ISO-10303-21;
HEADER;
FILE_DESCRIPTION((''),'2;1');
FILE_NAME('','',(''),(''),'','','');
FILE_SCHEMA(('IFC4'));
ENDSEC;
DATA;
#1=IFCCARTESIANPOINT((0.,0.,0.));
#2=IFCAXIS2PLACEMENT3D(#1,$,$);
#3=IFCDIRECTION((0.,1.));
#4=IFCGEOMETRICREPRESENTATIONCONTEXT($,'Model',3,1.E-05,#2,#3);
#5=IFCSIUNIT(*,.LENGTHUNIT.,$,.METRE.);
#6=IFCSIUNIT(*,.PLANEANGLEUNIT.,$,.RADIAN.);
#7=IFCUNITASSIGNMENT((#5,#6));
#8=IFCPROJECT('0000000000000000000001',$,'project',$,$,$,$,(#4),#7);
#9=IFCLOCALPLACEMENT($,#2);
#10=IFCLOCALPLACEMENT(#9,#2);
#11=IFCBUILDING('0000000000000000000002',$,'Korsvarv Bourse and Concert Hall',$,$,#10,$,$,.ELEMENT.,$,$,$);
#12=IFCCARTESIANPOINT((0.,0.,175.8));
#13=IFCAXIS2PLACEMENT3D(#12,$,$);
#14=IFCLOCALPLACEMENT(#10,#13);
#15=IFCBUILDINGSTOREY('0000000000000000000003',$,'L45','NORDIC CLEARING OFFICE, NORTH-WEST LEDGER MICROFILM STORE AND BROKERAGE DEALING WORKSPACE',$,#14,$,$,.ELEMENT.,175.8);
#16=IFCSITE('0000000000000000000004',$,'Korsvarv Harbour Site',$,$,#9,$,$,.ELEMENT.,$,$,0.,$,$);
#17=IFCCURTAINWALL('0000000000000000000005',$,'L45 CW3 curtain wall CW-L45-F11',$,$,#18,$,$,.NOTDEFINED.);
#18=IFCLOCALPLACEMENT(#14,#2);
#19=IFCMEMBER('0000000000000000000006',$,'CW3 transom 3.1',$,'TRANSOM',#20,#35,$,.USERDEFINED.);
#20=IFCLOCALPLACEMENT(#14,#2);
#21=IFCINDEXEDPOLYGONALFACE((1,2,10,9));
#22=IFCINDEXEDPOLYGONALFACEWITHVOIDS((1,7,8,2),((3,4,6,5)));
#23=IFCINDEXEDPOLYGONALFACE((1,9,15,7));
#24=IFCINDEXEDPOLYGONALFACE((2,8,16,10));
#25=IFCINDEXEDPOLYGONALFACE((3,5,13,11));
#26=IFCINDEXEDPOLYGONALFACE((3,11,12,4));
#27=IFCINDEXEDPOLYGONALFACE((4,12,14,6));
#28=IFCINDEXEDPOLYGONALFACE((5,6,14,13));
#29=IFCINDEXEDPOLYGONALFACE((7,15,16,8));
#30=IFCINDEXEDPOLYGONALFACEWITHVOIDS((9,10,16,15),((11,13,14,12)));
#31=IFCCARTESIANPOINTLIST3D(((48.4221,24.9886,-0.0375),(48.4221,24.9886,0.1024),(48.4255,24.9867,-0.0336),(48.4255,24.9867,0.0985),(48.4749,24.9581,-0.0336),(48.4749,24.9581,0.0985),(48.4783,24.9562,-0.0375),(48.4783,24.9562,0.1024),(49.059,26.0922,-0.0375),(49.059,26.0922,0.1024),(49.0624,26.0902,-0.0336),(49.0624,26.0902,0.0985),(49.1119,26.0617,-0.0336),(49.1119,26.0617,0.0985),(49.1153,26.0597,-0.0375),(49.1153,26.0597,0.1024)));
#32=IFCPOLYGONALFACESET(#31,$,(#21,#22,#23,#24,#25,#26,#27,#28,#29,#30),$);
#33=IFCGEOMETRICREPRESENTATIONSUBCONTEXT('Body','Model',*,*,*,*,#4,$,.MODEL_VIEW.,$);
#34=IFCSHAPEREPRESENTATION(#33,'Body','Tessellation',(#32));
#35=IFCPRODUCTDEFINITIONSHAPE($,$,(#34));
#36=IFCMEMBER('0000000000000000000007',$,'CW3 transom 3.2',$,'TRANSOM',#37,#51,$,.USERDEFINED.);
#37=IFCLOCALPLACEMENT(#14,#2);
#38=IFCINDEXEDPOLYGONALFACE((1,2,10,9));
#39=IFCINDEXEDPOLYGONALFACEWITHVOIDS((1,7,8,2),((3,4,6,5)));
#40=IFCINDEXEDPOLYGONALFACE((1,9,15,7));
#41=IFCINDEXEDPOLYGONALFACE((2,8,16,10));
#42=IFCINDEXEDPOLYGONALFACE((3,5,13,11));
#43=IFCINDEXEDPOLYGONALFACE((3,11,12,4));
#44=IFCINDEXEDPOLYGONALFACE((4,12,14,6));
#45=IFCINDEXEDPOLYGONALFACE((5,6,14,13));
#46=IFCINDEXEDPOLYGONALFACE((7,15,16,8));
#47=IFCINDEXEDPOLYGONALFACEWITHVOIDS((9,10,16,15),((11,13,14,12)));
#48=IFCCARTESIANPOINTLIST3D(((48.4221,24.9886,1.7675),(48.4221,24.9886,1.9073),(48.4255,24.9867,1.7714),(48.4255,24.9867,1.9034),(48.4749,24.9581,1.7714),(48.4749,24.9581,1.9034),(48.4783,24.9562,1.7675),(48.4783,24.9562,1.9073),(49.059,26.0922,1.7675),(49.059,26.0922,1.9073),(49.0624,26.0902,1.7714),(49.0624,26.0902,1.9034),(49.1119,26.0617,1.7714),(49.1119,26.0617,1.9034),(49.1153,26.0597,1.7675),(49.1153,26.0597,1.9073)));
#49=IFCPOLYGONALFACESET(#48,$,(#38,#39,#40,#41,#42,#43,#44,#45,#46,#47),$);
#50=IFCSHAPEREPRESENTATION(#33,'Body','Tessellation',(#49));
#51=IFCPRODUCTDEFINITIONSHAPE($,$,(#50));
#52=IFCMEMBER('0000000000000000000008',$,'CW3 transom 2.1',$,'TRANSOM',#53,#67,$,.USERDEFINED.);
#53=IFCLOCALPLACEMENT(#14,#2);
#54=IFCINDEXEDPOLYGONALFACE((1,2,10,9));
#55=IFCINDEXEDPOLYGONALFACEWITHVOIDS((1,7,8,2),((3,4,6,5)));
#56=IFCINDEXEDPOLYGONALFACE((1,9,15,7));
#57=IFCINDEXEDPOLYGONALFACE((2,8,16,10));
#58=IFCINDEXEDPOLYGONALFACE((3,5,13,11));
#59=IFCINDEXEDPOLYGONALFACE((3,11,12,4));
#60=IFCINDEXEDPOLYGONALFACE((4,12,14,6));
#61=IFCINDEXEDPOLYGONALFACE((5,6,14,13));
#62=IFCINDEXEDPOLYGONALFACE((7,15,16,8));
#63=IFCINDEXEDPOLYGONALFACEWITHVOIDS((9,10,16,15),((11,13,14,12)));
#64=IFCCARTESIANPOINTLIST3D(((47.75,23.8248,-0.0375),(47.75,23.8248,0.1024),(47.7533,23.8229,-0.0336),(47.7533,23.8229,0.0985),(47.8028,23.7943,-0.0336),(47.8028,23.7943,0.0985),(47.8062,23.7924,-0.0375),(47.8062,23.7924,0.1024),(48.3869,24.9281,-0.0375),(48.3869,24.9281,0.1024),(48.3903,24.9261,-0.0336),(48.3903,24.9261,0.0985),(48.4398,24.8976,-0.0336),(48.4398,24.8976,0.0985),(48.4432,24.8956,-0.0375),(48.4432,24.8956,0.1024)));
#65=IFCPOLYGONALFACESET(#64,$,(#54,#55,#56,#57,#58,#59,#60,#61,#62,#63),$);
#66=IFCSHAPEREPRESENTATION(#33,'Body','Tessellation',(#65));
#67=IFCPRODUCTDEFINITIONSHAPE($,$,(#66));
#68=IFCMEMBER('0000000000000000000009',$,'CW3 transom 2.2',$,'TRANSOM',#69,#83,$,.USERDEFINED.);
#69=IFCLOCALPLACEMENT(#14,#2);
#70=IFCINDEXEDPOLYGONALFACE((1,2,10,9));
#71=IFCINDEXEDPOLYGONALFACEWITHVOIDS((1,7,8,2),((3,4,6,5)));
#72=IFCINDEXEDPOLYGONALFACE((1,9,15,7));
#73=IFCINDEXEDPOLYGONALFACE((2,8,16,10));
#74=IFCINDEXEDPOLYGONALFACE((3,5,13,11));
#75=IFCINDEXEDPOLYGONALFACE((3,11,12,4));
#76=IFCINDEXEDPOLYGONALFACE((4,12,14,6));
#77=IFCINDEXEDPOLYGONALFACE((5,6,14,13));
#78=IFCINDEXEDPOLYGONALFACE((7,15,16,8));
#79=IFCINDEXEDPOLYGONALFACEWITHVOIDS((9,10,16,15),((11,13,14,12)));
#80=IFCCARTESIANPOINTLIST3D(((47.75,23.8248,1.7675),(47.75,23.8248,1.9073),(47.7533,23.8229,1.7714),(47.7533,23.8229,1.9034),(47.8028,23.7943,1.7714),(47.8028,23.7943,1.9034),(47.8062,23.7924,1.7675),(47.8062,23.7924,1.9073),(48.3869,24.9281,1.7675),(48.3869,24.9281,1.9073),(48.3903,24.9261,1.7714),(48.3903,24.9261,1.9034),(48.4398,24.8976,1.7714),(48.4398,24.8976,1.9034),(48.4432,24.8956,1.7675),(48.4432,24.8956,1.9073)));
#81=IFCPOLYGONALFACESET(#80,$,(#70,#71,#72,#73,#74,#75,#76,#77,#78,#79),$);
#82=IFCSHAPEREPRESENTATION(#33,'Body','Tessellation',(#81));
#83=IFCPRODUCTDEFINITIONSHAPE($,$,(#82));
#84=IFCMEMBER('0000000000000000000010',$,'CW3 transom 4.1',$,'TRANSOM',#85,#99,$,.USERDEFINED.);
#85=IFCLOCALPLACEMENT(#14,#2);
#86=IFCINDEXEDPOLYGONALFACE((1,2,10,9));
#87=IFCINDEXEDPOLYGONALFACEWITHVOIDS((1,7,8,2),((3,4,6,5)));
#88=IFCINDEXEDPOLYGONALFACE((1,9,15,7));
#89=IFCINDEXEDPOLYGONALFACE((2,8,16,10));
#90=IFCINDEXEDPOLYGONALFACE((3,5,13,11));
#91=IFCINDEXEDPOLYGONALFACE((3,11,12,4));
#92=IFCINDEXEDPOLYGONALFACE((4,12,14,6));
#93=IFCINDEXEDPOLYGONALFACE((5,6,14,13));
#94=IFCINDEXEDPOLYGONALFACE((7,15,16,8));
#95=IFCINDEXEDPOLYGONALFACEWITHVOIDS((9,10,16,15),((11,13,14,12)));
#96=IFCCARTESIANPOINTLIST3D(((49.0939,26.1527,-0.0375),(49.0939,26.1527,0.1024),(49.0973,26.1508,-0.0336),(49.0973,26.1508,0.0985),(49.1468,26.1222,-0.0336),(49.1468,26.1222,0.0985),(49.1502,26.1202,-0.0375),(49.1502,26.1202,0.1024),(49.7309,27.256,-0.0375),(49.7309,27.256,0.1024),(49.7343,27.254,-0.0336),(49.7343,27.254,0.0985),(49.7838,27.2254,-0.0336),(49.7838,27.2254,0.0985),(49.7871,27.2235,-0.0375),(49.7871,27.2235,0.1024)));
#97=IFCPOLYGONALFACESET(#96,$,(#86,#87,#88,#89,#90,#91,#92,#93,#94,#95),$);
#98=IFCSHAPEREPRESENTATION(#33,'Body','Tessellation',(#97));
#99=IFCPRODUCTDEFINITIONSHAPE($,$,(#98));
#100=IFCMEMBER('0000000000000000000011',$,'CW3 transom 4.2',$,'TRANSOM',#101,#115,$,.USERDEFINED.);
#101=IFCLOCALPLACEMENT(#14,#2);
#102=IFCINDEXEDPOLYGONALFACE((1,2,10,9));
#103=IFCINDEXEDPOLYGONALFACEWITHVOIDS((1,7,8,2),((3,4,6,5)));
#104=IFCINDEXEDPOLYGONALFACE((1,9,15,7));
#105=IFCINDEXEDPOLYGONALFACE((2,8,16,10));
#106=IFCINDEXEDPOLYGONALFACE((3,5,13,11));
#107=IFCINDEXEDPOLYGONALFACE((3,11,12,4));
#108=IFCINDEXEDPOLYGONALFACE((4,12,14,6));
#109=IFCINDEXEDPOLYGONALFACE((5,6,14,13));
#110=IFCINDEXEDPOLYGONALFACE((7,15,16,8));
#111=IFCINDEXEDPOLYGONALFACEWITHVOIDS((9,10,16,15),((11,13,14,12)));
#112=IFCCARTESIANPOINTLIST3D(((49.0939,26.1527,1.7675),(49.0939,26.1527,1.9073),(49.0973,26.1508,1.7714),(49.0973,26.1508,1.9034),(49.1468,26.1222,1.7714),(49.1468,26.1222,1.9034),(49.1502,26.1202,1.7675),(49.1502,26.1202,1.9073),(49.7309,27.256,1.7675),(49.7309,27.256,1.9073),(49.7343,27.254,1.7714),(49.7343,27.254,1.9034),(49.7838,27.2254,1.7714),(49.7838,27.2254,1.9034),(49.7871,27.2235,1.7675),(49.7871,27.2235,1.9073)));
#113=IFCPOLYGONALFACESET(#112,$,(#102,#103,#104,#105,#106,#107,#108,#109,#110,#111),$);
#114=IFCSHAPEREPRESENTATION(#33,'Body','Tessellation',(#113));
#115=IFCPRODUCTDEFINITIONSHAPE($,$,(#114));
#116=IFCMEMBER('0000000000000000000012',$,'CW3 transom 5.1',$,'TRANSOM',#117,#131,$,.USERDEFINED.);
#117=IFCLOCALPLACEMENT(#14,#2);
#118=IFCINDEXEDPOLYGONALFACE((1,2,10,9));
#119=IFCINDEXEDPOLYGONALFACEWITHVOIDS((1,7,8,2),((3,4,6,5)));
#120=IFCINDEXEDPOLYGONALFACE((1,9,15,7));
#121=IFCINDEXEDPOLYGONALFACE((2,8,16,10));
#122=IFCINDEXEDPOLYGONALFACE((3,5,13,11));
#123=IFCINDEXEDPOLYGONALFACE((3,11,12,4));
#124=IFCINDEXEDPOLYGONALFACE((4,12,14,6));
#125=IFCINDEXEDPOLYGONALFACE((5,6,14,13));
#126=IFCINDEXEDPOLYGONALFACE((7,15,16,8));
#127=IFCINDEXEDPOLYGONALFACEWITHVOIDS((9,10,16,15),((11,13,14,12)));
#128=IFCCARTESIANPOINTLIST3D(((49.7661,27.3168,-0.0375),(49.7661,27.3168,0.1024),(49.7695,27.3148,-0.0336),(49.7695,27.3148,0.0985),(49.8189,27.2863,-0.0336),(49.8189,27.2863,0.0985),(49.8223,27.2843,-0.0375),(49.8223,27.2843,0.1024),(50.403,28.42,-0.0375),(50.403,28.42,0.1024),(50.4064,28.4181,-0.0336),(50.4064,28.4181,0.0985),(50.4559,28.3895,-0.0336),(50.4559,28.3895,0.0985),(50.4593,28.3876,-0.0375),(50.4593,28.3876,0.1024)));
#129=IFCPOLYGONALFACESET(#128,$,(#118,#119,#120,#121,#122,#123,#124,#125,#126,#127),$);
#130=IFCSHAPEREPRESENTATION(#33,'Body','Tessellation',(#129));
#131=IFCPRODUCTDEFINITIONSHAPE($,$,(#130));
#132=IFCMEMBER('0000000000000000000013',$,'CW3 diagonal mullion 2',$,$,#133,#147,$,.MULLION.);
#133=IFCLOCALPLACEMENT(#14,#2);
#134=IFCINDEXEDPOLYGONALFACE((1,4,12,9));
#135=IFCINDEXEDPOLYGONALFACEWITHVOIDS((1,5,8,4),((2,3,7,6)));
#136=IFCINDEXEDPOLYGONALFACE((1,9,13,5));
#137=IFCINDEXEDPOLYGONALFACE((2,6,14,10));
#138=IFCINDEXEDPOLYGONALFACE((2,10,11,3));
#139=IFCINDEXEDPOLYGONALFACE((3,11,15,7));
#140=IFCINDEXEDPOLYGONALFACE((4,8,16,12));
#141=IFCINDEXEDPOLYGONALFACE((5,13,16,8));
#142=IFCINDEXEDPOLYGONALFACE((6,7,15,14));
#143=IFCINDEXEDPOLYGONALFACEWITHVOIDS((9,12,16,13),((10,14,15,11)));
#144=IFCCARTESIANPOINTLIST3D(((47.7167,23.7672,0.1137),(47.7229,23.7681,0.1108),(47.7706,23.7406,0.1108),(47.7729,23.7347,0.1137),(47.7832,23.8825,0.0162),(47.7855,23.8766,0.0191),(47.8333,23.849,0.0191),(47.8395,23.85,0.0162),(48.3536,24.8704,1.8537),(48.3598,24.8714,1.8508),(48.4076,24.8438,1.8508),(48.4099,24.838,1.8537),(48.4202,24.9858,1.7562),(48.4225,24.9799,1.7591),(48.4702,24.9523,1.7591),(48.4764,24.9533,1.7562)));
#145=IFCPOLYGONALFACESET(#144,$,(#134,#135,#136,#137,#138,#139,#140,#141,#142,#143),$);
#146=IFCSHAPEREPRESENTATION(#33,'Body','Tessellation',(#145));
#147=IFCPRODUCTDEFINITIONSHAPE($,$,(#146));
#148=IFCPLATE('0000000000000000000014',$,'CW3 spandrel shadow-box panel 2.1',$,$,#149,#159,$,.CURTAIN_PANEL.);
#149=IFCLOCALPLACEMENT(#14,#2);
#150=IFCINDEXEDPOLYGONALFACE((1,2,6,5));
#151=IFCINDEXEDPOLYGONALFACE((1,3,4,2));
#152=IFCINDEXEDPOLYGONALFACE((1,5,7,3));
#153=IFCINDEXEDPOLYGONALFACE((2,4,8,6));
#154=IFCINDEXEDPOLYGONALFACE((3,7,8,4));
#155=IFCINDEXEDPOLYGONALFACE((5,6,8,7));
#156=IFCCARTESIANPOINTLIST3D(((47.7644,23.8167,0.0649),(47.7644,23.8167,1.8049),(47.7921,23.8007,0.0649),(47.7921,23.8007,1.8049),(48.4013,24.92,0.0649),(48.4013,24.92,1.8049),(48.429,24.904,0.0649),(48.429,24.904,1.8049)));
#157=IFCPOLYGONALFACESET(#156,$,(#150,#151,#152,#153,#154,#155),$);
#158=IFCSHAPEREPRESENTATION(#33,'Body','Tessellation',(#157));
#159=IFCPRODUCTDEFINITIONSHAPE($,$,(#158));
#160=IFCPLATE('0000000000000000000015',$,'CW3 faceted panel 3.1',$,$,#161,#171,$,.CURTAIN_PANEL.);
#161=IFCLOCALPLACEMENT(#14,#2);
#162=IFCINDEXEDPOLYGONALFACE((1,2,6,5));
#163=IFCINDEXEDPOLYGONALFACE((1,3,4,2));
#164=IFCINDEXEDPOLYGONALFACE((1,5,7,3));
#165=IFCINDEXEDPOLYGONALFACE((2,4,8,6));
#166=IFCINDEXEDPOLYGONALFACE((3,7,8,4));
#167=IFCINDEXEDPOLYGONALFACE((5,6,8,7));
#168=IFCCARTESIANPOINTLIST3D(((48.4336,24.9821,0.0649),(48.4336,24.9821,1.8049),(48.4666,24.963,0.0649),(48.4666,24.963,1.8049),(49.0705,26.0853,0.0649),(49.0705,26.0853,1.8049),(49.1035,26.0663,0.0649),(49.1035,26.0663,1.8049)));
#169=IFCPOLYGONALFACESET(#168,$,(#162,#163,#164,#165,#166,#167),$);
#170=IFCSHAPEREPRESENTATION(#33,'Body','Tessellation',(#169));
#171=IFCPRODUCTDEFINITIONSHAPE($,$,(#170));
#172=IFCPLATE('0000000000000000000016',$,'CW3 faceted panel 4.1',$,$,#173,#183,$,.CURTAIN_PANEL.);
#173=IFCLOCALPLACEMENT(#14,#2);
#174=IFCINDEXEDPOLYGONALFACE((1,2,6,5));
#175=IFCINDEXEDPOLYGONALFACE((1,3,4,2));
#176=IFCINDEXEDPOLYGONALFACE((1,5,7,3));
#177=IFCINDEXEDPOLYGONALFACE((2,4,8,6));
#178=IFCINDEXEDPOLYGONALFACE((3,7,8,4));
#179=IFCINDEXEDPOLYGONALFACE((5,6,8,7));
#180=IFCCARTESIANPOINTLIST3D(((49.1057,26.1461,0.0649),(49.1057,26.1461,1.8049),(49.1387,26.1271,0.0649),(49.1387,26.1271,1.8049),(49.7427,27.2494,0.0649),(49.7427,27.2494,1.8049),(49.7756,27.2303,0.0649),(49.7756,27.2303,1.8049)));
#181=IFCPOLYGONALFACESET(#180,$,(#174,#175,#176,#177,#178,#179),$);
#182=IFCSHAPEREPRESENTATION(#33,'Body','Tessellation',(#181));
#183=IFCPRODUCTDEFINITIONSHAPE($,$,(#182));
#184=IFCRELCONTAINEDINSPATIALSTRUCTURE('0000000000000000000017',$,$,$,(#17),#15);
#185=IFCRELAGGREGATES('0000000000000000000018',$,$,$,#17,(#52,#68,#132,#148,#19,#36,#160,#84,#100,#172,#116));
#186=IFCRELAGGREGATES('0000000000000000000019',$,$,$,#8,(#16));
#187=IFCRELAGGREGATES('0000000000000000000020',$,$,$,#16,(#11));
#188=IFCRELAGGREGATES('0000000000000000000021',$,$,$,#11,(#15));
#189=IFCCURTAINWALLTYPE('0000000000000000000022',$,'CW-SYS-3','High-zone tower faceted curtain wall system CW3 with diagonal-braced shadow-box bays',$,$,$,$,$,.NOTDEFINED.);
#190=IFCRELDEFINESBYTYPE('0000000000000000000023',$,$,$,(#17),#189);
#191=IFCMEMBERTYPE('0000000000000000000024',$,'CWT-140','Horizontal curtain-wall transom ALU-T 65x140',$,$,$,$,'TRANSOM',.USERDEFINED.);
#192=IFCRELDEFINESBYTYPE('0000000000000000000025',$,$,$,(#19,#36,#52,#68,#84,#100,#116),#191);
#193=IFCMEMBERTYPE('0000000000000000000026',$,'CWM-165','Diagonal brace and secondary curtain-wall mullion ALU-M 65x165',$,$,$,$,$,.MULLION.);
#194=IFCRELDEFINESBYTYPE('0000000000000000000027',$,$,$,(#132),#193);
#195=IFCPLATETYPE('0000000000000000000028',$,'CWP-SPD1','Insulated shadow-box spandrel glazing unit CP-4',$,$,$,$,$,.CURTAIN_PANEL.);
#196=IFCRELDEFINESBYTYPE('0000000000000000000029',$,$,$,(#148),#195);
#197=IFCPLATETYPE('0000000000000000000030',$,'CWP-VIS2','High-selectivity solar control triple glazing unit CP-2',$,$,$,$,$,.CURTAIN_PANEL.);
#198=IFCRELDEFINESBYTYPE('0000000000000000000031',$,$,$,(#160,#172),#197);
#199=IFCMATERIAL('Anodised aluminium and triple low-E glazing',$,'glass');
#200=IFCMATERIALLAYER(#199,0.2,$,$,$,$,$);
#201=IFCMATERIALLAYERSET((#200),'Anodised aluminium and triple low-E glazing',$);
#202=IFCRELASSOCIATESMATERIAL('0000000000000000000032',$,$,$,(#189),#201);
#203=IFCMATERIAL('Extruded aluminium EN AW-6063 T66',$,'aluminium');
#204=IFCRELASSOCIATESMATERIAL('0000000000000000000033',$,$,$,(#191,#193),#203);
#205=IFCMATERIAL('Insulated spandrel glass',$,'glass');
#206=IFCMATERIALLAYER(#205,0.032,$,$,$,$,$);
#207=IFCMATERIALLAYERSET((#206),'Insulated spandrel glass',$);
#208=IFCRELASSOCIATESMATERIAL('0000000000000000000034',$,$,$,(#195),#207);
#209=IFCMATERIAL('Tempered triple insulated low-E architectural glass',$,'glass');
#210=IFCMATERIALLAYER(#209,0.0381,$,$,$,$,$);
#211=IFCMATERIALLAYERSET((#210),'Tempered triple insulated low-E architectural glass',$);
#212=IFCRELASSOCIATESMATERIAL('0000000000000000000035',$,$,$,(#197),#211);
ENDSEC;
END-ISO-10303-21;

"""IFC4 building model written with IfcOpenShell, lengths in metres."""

from ifc_helpers import new_model, si_unit, direction, frame, origin, origin_2d, place, context, subcontext, project, spatial, rectangle, hollow_rectangle, extrude, source, transform, mapped, material, layer, layer_set, material_profile, profile_set, type_object, element, aggregate, save


model = new_model("IFC4")

# Units and contexts
model_context = context("Model", 3, precision=1e-05, world=origin(), true_north=direction((0.0, 1.0)))
body_context = subcontext(model_context, "Body", "Model", "MODEL_VIEW")
ifc_project = project(units=[si_unit("LENGTHUNIT", "METRE"), si_unit("PLANEANGLEUNIT", "RADIAN")], contexts=[model_context])

# Site, building, storey
site_placement = place(None, origin())
site = spatial("IfcSite", under=ifc_project, at=site_placement, Name="Korsvarv Harbour Site", CompositionType="ELEMENT", RefElevation=0.0)
building_placement = place(site_placement, origin())
building = spatial("IfcBuilding", under=site, at=building_placement, Name="Korsvarv Bourse and Concert Hall", CompositionType="ELEMENT")
storey_placement = place(building_placement, frame((0.0, 0.0, 175.8)))
storey = spatial("IfcBuildingStorey", under=building, at=storey_placement, Name="L45", Description="NORDIC CLEARING OFFICE, NORTH-WEST LEDGER MICROFILM STORE AND BROKERAGE DEALING WORKSPACE", CompositionType="ELEMENT", Elevation=175.8)

# Curtain wall, members, plates
ifc_material_1 = material(Name="Anodised aluminium and triple low-E glazing", Category="glass")
ifc_layer_1 = layer(ifc_material_1, 0.2)
ifc_layer_set_1 = layer_set([ifc_layer_1], Name="Anodised aluminium and triple low-E glazing")
curtain_wall_type = type_object("IfcCurtainWallType", Name="CW-SYS-3", Description="High-zone tower faceted curtain wall system CW3 with diagonal-braced shadow-box bays", PredefinedType="NOTDEFINED", material=ifc_layer_set_1)
curtain_wall_placement = place(storey_placement, origin())
curtain_wall = element("IfcCurtainWall", 1, at=curtain_wall_placement, inside=storey, type_object=curtain_wall_type, Name="L45 CW3 curtain wall CW-L45-F11", PredefinedType="NOTDEFINED")
ifc_material_2 = material(Name="Extruded aluminium EN AW-6063 T66", Category="aluminium")
ifc_material_profile_1 = material_profile(ifc_material_2, hollow_rectangle(XDim=0.0649, YDim=0.1399, WallThickness=0.0039, at=origin_2d()), Name="ALU-T 65x140")
ifc_profile_set_1 = profile_set([ifc_material_profile_1], Name="Extruded aluminium EN AW-6063 T66")
member_type_1 = type_object("IfcMemberType", Name="CWT-140", Description="Horizontal curtain-wall transom ALU-T 65x140", ElementType="TRANSOM", PredefinedType="USERDEFINED", material=ifc_profile_set_1)
shared_shape_1 = source(origin(), body_context, "Body", "SweptSolid", [
    extrude(hollow_rectangle(XDim=0.0649, YDim=0.1399, WallThickness=0.0039, at=origin_2d()), origin(), (0.0, 0.0, 1.0), 1.2742),
])
member_1_placement = place(storey_placement, frame((48.4502, 24.9724, 0.0325), z_axis=(0.49991, 0.866077, 0.0), x_axis=(-0.866077, 0.49991, 0.0)))
member_1 = element("IfcMember", 2, at=member_1_placement, type_object=member_type_1, Name="CW3 transom 3.1", ObjectType="TRANSOM", PredefinedType="USERDEFINED", context=body_context, shape_type="MappedRepresentation", body=[
    mapped(shared_shape_1, transform((0.0, 0.0, 0.0), scale=1.0)),
])
member_2_placement = place(storey_placement, frame((48.4502, 24.9724, 1.8374), z_axis=(0.49991, 0.866077, 0.0), x_axis=(-0.866077, 0.49991, 0.0)))
member_2 = element("IfcMember", 3, at=member_2_placement, type_object=member_type_1, Name="CW3 transom 3.2", ObjectType="TRANSOM", PredefinedType="USERDEFINED", context=body_context, shape_type="MappedRepresentation", body=[
    mapped(shared_shape_1, transform((0.0, 0.0, 0.0), scale=1.0)),
])
shared_shape_2 = source(origin(), body_context, "Body", "SweptSolid", [
    extrude(hollow_rectangle(XDim=0.0649, YDim=0.1399, WallThickness=0.0039, at=origin_2d()), origin(), (0.0, 0.0, 1.0), 1.2739),
])
member_3_placement = place(storey_placement, frame((47.7781, 23.8086, 0.0325), z_axis=(0.499993, 0.866029, 0.0), x_axis=(-0.866029, 0.499993, 0.0)))
member_3 = element("IfcMember", 4, at=member_3_placement, type_object=member_type_1, Name="CW3 transom 2.1", ObjectType="TRANSOM", PredefinedType="USERDEFINED", context=body_context, shape_type="MappedRepresentation", body=[
    mapped(shared_shape_2, transform((0.0, 0.0, 0.0), scale=1.0)),
])
member_4_placement = place(storey_placement, frame((47.7781, 23.8086, 1.8374), z_axis=(0.499993, 0.866029, 0.0), x_axis=(-0.866029, 0.499993, 0.0)))
member_4 = element("IfcMember", 5, at=member_4_placement, type_object=member_type_1, Name="CW3 transom 2.2", ObjectType="TRANSOM", PredefinedType="USERDEFINED", context=body_context, shape_type="MappedRepresentation", body=[
    mapped(shared_shape_2, transform((0.0, 0.0, 0.0), scale=1.0)),
])
member_5_placement = place(storey_placement, frame((49.1221, 26.1365, 0.0325), z_axis=(0.499993, 0.866029, 0.0), x_axis=(-0.866029, 0.499993, 0.0)))
member_5 = element("IfcMember", 6, at=member_5_placement, type_object=member_type_1, Name="CW3 transom 4.1", ObjectType="TRANSOM", PredefinedType="USERDEFINED", context=body_context, shape_type="MappedRepresentation", body=[
    mapped(shared_shape_2, transform((0.0, 0.0, 0.0), scale=1.0)),
])
member_6_placement = place(storey_placement, frame((49.1221, 26.1365, 1.8374), z_axis=(0.499993, 0.866029, 0.0), x_axis=(-0.866029, 0.499993, 0.0)))
member_6 = element("IfcMember", 7, at=member_6_placement, type_object=member_type_1, Name="CW3 transom 4.2", ObjectType="TRANSOM", PredefinedType="USERDEFINED", context=body_context, shape_type="MappedRepresentation", body=[
    mapped(shared_shape_2, transform((0.0, 0.0, 0.0), scale=1.0)),
])
member_7_placement = place(storey_placement, frame((49.7942, 27.3005, 0.0325), z_axis=(0.499993, 0.866029, 0.0), x_axis=(-0.866029, 0.499993, 0.0)))
member_7 = element("IfcMember", 8, at=member_7_placement, type_object=member_type_1, Name="CW3 transom 5.1", ObjectType="TRANSOM", PredefinedType="USERDEFINED", context=body_context, shape_type="MappedRepresentation", body=[
    mapped(shared_shape_2, transform((0.0, 0.0, 0.0), scale=1.0)),
])
ifc_material_profile_2 = material_profile(ifc_material_2, hollow_rectangle(XDim=0.0649, YDim=0.165, WallThickness=0.0049, at=origin_2d()), Name="ALU-M 65x165")
ifc_profile_set_2 = profile_set([ifc_material_profile_2], Name="Extruded aluminium EN AW-6063 T66")
member_type_2 = type_object("IfcMemberType", Name="CWM-165", Description="Diagonal brace and secondary curtain-wall mullion ALU-M 65x165", PredefinedType="MULLION", material=ifc_profile_set_2)
shared_shape_3 = source(origin(), body_context, "Body", "SweptSolid", [
    extrude(hollow_rectangle(XDim=0.0649, YDim=0.165, WallThickness=0.0049, at=origin_2d()), origin(), (0.0, 0.0, 1.0), 2.1565),
])
member_8_placement = place(storey_placement, frame((47.7781, 23.8086, 0.0649), z_axis=(0.295369, 0.511603, 0.806858), x_axis=(-0.866029, 0.499993, 0.0)))
member_8 = element("IfcMember", 9, at=member_8_placement, type_object=member_type_2, Name="CW3 diagonal mullion 2", PredefinedType="MULLION", context=body_context, shape_type="MappedRepresentation", body=[
    mapped(shared_shape_3, transform((0.0, 0.0, 0.0), scale=1.0)),
])
ifc_material_3 = material(Name="Insulated spandrel glass", Category="glass")
ifc_layer_2 = layer(ifc_material_3, 0.032)
ifc_layer_set_2 = layer_set([ifc_layer_2], Name="Insulated spandrel glass")
plate_type_1 = type_object("IfcPlateType", Name="CWP-SPD1", Description="Insulated shadow-box spandrel glazing unit CP-4", PredefinedType="CURTAIN_PANEL", material=ifc_layer_set_2)
shared_shape_4 = source(origin(), body_context, "Body", "SweptSolid", [
    extrude(rectangle(XDim=1.2739, YDim=0.032, at=origin_2d()), origin(), (0.0, 0.0, 1.0), 1.74),
])
plate_1_placement = place(storey_placement, frame((48.0967, 24.3604, 0.0649), z_axis=(0.0, 0.0, 1.0), x_axis=(0.499994, 0.866029, 0.0)))
plate_1 = element("IfcPlate", 10, at=plate_1_placement, type_object=plate_type_1, Name="CW3 spandrel shadow-box panel 2.1", PredefinedType="CURTAIN_PANEL", context=body_context, shape_type="MappedRepresentation", body=[
    mapped(shared_shape_4, transform((0.0, 0.0, 0.0), scale=1.0)),
])
ifc_material_4 = material(Name="Tempered triple insulated low-E architectural glass", Category="glass")
ifc_layer_3 = layer(ifc_material_4, 0.0381)
ifc_layer_set_3 = layer_set([ifc_layer_3], Name="Tempered triple insulated low-E architectural glass")
plate_type_2 = type_object("IfcPlateType", Name="CWP-VIS2", Description="High-selectivity solar control triple glazing unit CP-2", PredefinedType="CURTAIN_PANEL", material=ifc_layer_set_3)
shared_shape_5 = source(origin(), body_context, "Body", "SweptSolid", [
    extrude(rectangle(XDim=1.2739, YDim=0.0381, at=origin_2d()), origin(), (0.0, 0.0, 1.0), 1.74),
])
plate_2_placement = place(storey_placement, frame((48.7686, 25.5242, 0.0649), z_axis=(0.0, 0.0, 1.0), x_axis=(0.499994, 0.866029, 0.0)))
plate_2 = element("IfcPlate", 11, at=plate_2_placement, type_object=plate_type_2, Name="CW3 faceted panel 3.1", PredefinedType="CURTAIN_PANEL", context=body_context, shape_type="MappedRepresentation", body=[
    mapped(shared_shape_5, transform((0.0, 0.0, 0.0), scale=1.0)),
])
plate_3_placement = place(storey_placement, frame((49.4407, 26.6882, 0.0649), z_axis=(0.0, 0.0, 1.0), x_axis=(0.499994, 0.866029, 0.0)))
plate_3 = element("IfcPlate", 12, at=plate_3_placement, type_object=plate_type_2, Name="CW3 faceted panel 4.1", PredefinedType="CURTAIN_PANEL", context=body_context, shape_type="MappedRepresentation", body=[
    mapped(shared_shape_5, transform((0.0, 0.0, 0.0), scale=1.0)),
])
aggregate(curtain_wall, [member_3, member_4, member_8, plate_1, member_1, member_2, plate_2, member_5, member_6, plate_3, member_7])

save(model, "model.ifc")
